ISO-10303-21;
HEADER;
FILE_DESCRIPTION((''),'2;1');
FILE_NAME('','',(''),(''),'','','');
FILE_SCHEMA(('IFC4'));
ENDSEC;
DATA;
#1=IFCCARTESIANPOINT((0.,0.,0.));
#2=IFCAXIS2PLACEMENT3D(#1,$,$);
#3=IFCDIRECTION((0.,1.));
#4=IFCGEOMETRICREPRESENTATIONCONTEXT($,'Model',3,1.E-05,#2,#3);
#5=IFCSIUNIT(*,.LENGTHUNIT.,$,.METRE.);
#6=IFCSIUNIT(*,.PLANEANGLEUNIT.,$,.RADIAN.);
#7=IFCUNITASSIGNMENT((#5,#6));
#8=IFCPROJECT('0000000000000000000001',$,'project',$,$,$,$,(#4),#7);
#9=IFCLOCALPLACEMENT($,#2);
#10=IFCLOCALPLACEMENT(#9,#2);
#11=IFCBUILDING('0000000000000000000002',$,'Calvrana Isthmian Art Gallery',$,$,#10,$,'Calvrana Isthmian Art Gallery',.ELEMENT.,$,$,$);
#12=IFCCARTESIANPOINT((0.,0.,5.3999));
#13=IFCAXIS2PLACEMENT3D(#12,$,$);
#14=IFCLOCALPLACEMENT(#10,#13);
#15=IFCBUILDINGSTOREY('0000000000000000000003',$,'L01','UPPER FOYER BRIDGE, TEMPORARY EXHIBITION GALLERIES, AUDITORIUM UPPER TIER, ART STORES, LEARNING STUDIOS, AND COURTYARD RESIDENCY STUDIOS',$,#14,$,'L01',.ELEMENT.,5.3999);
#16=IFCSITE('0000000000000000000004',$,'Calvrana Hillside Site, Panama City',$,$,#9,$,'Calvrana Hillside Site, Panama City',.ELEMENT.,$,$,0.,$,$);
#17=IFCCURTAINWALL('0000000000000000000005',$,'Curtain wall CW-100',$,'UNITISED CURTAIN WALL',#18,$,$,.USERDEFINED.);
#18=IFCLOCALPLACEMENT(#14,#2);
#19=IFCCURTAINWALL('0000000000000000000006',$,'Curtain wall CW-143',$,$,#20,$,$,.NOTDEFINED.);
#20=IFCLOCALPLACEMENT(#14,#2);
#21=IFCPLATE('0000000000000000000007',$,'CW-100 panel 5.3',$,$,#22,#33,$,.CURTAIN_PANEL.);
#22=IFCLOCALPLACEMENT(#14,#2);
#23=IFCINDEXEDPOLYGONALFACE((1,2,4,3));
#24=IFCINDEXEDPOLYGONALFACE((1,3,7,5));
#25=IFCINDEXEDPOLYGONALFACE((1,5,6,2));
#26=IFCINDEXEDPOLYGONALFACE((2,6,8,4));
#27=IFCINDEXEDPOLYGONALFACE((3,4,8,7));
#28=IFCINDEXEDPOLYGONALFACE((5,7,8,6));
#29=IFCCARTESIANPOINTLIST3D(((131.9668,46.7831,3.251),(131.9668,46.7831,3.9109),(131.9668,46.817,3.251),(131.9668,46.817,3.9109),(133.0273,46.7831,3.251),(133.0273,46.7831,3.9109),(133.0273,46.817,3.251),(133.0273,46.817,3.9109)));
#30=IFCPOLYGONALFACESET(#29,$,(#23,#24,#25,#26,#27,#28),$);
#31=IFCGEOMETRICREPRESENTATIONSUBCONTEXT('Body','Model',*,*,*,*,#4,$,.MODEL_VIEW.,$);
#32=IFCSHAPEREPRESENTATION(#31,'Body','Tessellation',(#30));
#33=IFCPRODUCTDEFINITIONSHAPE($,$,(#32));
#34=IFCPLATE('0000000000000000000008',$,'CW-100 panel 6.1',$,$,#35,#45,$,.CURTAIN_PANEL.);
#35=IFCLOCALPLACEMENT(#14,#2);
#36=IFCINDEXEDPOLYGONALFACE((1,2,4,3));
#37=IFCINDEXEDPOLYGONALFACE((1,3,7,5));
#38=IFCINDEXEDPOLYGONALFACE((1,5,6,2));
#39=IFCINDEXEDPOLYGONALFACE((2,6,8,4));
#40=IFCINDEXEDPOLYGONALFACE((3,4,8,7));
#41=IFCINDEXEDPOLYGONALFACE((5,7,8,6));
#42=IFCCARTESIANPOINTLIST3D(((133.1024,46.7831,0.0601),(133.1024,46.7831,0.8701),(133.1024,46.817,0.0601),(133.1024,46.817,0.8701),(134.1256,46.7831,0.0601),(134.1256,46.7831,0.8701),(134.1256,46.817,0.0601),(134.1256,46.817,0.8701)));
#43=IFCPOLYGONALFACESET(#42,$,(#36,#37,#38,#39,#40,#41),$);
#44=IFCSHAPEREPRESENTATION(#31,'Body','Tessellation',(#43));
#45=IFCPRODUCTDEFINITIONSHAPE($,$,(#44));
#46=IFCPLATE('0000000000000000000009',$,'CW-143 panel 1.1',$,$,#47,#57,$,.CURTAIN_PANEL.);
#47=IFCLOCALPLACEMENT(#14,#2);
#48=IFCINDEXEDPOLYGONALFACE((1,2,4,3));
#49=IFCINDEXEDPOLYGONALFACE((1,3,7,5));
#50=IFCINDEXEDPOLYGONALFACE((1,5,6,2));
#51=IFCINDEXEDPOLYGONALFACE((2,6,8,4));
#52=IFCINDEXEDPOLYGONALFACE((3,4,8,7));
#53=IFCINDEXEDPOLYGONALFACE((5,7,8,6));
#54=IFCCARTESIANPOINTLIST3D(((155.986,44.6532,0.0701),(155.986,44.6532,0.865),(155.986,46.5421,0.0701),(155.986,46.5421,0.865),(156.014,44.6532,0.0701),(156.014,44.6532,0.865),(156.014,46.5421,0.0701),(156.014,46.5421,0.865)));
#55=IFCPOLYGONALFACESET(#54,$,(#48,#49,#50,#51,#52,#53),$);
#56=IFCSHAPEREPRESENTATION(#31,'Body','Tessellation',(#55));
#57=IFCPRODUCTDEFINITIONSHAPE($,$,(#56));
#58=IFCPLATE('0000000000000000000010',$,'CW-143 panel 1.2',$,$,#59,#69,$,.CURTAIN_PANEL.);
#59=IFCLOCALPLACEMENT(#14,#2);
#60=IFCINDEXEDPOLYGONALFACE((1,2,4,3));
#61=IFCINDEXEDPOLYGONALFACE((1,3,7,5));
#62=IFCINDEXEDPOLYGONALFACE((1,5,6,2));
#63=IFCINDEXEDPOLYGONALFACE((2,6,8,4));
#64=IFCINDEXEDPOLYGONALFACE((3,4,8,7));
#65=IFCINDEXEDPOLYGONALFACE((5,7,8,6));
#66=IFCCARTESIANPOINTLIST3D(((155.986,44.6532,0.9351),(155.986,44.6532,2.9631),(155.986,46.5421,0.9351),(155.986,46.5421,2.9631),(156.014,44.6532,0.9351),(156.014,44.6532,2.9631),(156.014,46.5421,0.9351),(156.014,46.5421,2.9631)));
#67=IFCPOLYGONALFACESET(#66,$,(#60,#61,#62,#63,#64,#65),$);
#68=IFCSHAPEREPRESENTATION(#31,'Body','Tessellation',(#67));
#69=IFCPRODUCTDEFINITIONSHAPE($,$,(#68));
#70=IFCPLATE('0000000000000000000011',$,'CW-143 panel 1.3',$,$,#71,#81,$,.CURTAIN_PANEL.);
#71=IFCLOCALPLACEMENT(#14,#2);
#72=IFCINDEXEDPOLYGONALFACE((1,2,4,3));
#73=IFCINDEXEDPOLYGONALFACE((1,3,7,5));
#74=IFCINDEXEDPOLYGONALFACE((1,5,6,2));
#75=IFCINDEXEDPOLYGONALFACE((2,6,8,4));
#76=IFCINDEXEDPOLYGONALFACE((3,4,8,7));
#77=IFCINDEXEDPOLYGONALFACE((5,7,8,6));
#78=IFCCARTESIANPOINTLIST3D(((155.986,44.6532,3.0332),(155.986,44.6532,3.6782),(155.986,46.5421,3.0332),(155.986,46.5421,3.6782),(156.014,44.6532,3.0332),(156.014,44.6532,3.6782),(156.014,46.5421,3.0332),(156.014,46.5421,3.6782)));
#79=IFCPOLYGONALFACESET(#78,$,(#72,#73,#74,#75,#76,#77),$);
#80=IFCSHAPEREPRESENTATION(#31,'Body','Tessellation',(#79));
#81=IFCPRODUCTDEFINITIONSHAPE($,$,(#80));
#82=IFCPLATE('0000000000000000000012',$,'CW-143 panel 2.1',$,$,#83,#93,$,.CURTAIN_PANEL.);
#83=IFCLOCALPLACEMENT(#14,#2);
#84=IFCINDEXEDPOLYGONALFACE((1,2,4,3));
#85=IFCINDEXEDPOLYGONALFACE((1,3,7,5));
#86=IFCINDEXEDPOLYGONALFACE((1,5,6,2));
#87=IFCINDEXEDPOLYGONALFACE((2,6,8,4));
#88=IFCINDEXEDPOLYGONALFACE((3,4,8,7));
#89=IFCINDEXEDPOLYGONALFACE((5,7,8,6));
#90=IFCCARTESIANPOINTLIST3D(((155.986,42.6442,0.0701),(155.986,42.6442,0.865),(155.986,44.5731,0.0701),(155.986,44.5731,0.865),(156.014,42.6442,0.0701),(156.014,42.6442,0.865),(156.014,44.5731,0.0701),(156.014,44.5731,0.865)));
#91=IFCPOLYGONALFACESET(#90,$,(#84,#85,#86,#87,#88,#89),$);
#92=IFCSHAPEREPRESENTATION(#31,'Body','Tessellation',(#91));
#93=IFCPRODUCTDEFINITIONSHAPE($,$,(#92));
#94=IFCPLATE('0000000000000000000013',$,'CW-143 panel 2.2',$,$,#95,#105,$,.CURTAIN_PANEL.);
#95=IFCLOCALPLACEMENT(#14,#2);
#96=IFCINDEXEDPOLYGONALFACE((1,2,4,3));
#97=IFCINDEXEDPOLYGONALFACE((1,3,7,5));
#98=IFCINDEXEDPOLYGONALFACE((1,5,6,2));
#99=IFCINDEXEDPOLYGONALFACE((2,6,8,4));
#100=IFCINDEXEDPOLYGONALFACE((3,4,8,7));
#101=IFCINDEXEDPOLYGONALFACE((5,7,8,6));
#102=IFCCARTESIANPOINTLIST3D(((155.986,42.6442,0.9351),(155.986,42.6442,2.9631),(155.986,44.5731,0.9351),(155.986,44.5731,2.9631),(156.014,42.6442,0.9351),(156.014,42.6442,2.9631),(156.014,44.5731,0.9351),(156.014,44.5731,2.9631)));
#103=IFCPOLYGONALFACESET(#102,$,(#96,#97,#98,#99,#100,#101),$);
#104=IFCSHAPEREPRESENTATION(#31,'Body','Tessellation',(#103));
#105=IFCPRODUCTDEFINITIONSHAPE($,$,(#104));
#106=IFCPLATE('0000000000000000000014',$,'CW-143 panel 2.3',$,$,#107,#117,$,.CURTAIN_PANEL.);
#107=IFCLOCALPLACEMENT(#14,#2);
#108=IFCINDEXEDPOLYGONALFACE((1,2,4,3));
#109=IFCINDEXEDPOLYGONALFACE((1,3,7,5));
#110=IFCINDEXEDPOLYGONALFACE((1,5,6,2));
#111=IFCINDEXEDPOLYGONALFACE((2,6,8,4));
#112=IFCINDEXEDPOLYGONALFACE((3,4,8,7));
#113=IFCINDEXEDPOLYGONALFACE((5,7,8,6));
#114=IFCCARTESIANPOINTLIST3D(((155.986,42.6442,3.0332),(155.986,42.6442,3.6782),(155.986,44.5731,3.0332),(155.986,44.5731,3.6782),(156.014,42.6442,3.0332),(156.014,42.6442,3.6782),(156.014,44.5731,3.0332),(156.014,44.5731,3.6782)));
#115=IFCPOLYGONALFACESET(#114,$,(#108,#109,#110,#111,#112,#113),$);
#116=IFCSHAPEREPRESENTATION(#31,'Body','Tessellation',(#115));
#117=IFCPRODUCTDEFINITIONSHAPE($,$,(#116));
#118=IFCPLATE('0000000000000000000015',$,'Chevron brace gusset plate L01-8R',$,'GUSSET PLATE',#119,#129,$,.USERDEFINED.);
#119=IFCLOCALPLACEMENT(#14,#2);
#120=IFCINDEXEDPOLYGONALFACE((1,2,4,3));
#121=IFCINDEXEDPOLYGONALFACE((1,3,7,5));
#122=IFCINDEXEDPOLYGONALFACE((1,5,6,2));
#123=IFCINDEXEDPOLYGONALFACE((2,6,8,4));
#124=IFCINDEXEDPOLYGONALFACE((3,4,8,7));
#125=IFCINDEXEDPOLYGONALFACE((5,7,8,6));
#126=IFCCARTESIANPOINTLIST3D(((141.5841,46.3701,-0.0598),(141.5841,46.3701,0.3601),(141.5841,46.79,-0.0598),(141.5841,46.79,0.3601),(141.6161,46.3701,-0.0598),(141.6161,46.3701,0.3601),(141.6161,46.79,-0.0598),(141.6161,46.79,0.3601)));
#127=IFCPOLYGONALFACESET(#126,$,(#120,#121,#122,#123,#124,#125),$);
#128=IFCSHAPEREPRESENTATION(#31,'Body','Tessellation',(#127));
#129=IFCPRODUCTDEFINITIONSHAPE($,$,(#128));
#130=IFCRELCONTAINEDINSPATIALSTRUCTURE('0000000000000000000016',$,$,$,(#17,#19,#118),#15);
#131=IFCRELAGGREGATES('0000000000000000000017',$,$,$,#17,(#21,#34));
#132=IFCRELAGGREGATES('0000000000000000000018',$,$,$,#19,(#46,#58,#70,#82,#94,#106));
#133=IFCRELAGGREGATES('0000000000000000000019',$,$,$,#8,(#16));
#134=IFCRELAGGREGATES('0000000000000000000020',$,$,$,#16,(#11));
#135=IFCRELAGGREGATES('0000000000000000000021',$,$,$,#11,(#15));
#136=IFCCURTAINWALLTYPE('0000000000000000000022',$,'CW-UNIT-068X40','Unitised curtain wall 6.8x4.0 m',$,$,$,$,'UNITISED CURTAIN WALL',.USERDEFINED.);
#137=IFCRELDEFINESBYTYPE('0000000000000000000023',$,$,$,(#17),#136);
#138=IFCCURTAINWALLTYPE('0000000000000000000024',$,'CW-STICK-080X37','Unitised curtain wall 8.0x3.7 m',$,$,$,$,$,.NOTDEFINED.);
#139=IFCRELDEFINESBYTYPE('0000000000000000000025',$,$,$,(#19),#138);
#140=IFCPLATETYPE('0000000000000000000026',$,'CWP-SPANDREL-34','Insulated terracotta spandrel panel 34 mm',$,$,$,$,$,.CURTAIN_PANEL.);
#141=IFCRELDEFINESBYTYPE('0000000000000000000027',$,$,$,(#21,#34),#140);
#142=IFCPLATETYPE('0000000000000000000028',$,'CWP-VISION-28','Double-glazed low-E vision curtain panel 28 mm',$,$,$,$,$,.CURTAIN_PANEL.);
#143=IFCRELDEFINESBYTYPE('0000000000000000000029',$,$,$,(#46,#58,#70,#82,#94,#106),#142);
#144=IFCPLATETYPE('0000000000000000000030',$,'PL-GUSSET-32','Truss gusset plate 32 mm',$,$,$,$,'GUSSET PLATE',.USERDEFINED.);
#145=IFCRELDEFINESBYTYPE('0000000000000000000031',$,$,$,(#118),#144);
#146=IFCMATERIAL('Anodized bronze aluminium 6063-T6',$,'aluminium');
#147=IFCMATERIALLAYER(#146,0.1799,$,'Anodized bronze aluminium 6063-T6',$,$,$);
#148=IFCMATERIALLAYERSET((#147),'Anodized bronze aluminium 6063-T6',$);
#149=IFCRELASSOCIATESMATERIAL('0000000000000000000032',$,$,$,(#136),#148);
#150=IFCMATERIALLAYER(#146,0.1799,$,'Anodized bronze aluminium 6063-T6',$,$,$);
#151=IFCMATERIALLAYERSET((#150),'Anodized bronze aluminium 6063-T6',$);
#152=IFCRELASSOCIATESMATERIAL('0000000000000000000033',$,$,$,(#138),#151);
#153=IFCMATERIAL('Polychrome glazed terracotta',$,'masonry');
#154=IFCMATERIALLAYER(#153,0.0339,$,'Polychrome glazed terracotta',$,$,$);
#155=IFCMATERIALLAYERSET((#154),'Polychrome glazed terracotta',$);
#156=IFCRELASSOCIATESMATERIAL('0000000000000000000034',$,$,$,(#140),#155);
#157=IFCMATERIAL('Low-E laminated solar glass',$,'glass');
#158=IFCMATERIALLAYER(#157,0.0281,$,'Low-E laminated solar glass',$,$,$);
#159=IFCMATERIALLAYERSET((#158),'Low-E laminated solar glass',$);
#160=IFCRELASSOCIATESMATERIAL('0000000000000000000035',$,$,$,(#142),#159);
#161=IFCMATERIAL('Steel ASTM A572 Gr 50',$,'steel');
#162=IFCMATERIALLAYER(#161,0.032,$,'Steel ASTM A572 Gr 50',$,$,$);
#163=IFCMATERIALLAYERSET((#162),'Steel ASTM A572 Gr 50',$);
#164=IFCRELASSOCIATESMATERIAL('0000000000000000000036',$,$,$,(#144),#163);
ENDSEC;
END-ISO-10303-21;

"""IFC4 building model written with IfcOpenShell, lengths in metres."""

from ifc_helpers import new_model, si_unit, direction, frame, origin, origin_2d, place, context, subcontext, project, spatial, rectangle, extrude, material, layer, layer_set, type_object, element, aggregate, save


model = new_model("IFC4")

# Units and contexts
model_context = context("Model", 3, precision=1e-05, world=origin(), true_north=direction((0.0, 1.0)))
body_context = subcontext(model_context, "Body", "Model", "MODEL_VIEW")
ifc_project = project(units=[si_unit("LENGTHUNIT", "METRE"), si_unit("PLANEANGLEUNIT", "RADIAN")], contexts=[model_context])

# Site, building, storey
site_placement = place(None, origin())
site = spatial("IfcSite", under=ifc_project, at=site_placement, Name="Calvrana Hillside Site, Panama City", LongName="Calvrana Hillside Site, Panama City", CompositionType="ELEMENT", RefElevation=0.0)
building_placement = place(site_placement, origin())
building = spatial("IfcBuilding", under=site, at=building_placement, Name="Calvrana Isthmian Art Gallery", LongName="Calvrana Isthmian Art Gallery", CompositionType="ELEMENT")
storey_placement = place(building_placement, frame((0.0, 0.0, 5.3999)))
storey = spatial("IfcBuildingStorey", under=building, at=storey_placement, Name="L01", Description="UPPER FOYER BRIDGE, TEMPORARY EXHIBITION GALLERIES, AUDITORIUM UPPER TIER, ART STORES, LEARNING STUDIOS, AND COURTYARD RESIDENCY STUDIOS", LongName="L01", CompositionType="ELEMENT", Elevation=5.3999)

# Curtain walls
ifc_material_1 = material(Name="Anodized bronze aluminium 6063-T6", Category="aluminium")
ifc_layer_1 = layer(ifc_material_1, 0.1799, Name="Anodized bronze aluminium 6063-T6")
ifc_layer_set_1 = layer_set([ifc_layer_1], Name="Anodized bronze aluminium 6063-T6")
curtain_wall_type_1 = type_object("IfcCurtainWallType", Name="CW-UNIT-068X40", Description="Unitised curtain wall 6.8x4.0 m", ElementType="UNITISED CURTAIN WALL", PredefinedType="USERDEFINED", material=ifc_layer_set_1)
curtain_wall_1_placement = place(storey_placement, origin())
curtain_wall_1 = element("IfcCurtainWall", 1, at=curtain_wall_1_placement, inside=storey, type_object=curtain_wall_type_1, Name="Curtain wall CW-100", ObjectType="UNITISED CURTAIN WALL", PredefinedType="USERDEFINED")
ifc_layer_2 = layer(ifc_material_1, 0.1799, Name="Anodized bronze aluminium 6063-T6")
ifc_layer_set_2 = layer_set([ifc_layer_2], Name="Anodized bronze aluminium 6063-T6")
curtain_wall_type_2 = type_object("IfcCurtainWallType", Name="CW-STICK-080X37", Description="Unitised curtain wall 8.0x3.7 m", PredefinedType="NOTDEFINED", material=ifc_layer_set_2)
curtain_wall_2_placement = place(storey_placement, origin())
curtain_wall_2 = element("IfcCurtainWall", 2, at=curtain_wall_2_placement, inside=storey, type_object=curtain_wall_type_2, Name="Curtain wall CW-143", PredefinedType="NOTDEFINED")

# Plates
ifc_material_2 = material(Name="Polychrome glazed terracotta", Category="masonry")
ifc_layer_3 = layer(ifc_material_2, 0.0339, Name="Polychrome glazed terracotta")
ifc_layer_set_3 = layer_set([ifc_layer_3], Name="Polychrome glazed terracotta")
plate_type_1 = type_object("IfcPlateType", Name="CWP-SPANDREL-34", Description="Insulated terracotta spandrel panel 34 mm", PredefinedType="CURTAIN_PANEL", material=ifc_layer_set_3)
plate_1_placement = place(storey_placement, frame((132.4971, 46.8, 3.251), z_axis=(0.0, 0.0, 1.0), x_axis=(1.0, 0.0, 0.0)))
plate_1 = element("IfcPlate", 3, at=plate_1_placement, type_object=plate_type_1, Name="CW-100 panel 5.3", PredefinedType="CURTAIN_PANEL", context=body_context, shape_type="SweptSolid", body=[
    extrude(rectangle(XDim=1.0605, YDim=0.0339, at=origin_2d()), origin(), (0.0, 0.0, 1.0), 0.6599),
])
plate_2_placement = place(storey_placement, frame((133.614, 46.8, 0.0601), z_axis=(0.0, 0.0, 1.0), x_axis=(1.0, 0.0, 0.0)))
plate_2 = element("IfcPlate", 4, at=plate_2_placement, type_object=plate_type_1, Name="CW-100 panel 6.1", PredefinedType="CURTAIN_PANEL", context=body_context, shape_type="SweptSolid", body=[
    extrude(rectangle(XDim=1.0232, YDim=0.0339, at=origin_2d()), origin(), (0.0, 0.0, 1.0), 0.8101),
])
aggregate(curtain_wall_1, [plate_1, plate_2])
ifc_material_3 = material(Name="Low-E laminated solar glass", Category="glass")
ifc_layer_4 = layer(ifc_material_3, 0.0281, Name="Low-E laminated solar glass")
ifc_layer_set_4 = layer_set([ifc_layer_4], Name="Low-E laminated solar glass")
plate_type_2 = type_object("IfcPlateType", Name="CWP-VISION-28", Description="Double-glazed low-E vision curtain panel 28 mm", PredefinedType="CURTAIN_PANEL", material=ifc_layer_set_4)
plate_3_placement = place(storey_placement, frame((156.0, 45.5977, 0.0701), z_axis=(0.0, 0.0, 1.0), x_axis=(0.0, -1.0, 0.0)))
plate_3 = element("IfcPlate", 5, at=plate_3_placement, type_object=plate_type_2, Name="CW-143 panel 1.1", PredefinedType="CURTAIN_PANEL", context=body_context, shape_type="SweptSolid", body=[
    extrude(rectangle(XDim=1.8889, YDim=0.0281, at=origin_2d()), origin(), (0.0, 0.0, 1.0), 0.7949),
])
plate_4_placement = place(storey_placement, frame((156.0, 45.5977, 0.9351), z_axis=(0.0, 0.0, 1.0), x_axis=(0.0, -1.0, 0.0)))
plate_4 = element("IfcPlate", 6, at=plate_4_placement, type_object=plate_type_2, Name="CW-143 panel 1.2", PredefinedType="CURTAIN_PANEL", context=body_context, shape_type="SweptSolid", body=[
    extrude(rectangle(XDim=1.8889, YDim=0.0281, at=origin_2d()), origin(), (0.0, 0.0, 1.0), 2.0281),
])
plate_5_placement = place(storey_placement, frame((156.0, 45.5977, 3.0332), z_axis=(0.0, 0.0, 1.0), x_axis=(0.0, -1.0, 0.0)))
plate_5 = element("IfcPlate", 7, at=plate_5_placement, type_object=plate_type_2, Name="CW-143 panel 1.3", PredefinedType="CURTAIN_PANEL", context=body_context, shape_type="SweptSolid", body=[
    extrude(rectangle(XDim=1.8889, YDim=0.0281, at=origin_2d()), origin(), (0.0, 0.0, 1.0), 0.645),
])
plate_6_placement = place(storey_placement, frame((156.0, 43.6086, 0.0701), z_axis=(0.0, 0.0, 1.0), x_axis=(0.0, -1.0, 0.0)))
plate_6 = element("IfcPlate", 8, at=plate_6_placement, type_object=plate_type_2, Name="CW-143 panel 2.1", PredefinedType="CURTAIN_PANEL", context=body_context, shape_type="SweptSolid", body=[
    extrude(rectangle(XDim=1.929, YDim=0.0281, at=origin_2d()), origin(), (0.0, 0.0, 1.0), 0.7949),
])
plate_7_placement = place(storey_placement, frame((156.0, 43.6086, 0.9351), z_axis=(0.0, 0.0, 1.0), x_axis=(0.0, -1.0, 0.0)))
plate_7 = element("IfcPlate", 9, at=plate_7_placement, type_object=plate_type_2, Name="CW-143 panel 2.2", PredefinedType="CURTAIN_PANEL", context=body_context, shape_type="SweptSolid", body=[
    extrude(rectangle(XDim=1.929, YDim=0.0281, at=origin_2d()), origin(), (0.0, 0.0, 1.0), 2.0281),
])
plate_8_placement = place(storey_placement, frame((156.0, 43.6086, 3.0332), z_axis=(0.0, 0.0, 1.0), x_axis=(0.0, -1.0, 0.0)))
plate_8 = element("IfcPlate", 10, at=plate_8_placement, type_object=plate_type_2, Name="CW-143 panel 2.3", PredefinedType="CURTAIN_PANEL", context=body_context, shape_type="SweptSolid", body=[
    extrude(rectangle(XDim=1.929, YDim=0.0281, at=origin_2d()), origin(), (0.0, 0.0, 1.0), 0.645),
])
aggregate(curtain_wall_2, [plate_3, plate_4, plate_5, plate_6, plate_7, plate_8])
ifc_material_4 = material(Name="Steel ASTM A572 Gr 50", Category="steel")
ifc_layer_5 = layer(ifc_material_4, 0.032, Name="Steel ASTM A572 Gr 50")
ifc_layer_set_5 = layer_set([ifc_layer_5], Name="Steel ASTM A572 Gr 50")
plate_type_3 = type_object("IfcPlateType", Name="PL-GUSSET-32", Description="Truss gusset plate 32 mm", ElementType="GUSSET PLATE", PredefinedType="USERDEFINED", material=ifc_layer_set_5)
plate_9_placement = place(storey_placement, frame((141.6001, 46.5801, -0.0598), z_axis=(0.0, 0.0, 1.0), x_axis=(1.0, 0.0, 0.0)))
element("IfcPlate", 11, at=plate_9_placement, inside=storey, type_object=plate_type_3, Name="Chevron brace gusset plate L01-8R", ObjectType="GUSSET PLATE", PredefinedType="USERDEFINED", context=body_context, shape_type="SweptSolid", body=[
    extrude(rectangle(XDim=0.032, YDim=0.4199, at=origin_2d()), origin(), (0.0, 0.0, 1.0), 0.4199),
])

save(model, "model.ifc")
